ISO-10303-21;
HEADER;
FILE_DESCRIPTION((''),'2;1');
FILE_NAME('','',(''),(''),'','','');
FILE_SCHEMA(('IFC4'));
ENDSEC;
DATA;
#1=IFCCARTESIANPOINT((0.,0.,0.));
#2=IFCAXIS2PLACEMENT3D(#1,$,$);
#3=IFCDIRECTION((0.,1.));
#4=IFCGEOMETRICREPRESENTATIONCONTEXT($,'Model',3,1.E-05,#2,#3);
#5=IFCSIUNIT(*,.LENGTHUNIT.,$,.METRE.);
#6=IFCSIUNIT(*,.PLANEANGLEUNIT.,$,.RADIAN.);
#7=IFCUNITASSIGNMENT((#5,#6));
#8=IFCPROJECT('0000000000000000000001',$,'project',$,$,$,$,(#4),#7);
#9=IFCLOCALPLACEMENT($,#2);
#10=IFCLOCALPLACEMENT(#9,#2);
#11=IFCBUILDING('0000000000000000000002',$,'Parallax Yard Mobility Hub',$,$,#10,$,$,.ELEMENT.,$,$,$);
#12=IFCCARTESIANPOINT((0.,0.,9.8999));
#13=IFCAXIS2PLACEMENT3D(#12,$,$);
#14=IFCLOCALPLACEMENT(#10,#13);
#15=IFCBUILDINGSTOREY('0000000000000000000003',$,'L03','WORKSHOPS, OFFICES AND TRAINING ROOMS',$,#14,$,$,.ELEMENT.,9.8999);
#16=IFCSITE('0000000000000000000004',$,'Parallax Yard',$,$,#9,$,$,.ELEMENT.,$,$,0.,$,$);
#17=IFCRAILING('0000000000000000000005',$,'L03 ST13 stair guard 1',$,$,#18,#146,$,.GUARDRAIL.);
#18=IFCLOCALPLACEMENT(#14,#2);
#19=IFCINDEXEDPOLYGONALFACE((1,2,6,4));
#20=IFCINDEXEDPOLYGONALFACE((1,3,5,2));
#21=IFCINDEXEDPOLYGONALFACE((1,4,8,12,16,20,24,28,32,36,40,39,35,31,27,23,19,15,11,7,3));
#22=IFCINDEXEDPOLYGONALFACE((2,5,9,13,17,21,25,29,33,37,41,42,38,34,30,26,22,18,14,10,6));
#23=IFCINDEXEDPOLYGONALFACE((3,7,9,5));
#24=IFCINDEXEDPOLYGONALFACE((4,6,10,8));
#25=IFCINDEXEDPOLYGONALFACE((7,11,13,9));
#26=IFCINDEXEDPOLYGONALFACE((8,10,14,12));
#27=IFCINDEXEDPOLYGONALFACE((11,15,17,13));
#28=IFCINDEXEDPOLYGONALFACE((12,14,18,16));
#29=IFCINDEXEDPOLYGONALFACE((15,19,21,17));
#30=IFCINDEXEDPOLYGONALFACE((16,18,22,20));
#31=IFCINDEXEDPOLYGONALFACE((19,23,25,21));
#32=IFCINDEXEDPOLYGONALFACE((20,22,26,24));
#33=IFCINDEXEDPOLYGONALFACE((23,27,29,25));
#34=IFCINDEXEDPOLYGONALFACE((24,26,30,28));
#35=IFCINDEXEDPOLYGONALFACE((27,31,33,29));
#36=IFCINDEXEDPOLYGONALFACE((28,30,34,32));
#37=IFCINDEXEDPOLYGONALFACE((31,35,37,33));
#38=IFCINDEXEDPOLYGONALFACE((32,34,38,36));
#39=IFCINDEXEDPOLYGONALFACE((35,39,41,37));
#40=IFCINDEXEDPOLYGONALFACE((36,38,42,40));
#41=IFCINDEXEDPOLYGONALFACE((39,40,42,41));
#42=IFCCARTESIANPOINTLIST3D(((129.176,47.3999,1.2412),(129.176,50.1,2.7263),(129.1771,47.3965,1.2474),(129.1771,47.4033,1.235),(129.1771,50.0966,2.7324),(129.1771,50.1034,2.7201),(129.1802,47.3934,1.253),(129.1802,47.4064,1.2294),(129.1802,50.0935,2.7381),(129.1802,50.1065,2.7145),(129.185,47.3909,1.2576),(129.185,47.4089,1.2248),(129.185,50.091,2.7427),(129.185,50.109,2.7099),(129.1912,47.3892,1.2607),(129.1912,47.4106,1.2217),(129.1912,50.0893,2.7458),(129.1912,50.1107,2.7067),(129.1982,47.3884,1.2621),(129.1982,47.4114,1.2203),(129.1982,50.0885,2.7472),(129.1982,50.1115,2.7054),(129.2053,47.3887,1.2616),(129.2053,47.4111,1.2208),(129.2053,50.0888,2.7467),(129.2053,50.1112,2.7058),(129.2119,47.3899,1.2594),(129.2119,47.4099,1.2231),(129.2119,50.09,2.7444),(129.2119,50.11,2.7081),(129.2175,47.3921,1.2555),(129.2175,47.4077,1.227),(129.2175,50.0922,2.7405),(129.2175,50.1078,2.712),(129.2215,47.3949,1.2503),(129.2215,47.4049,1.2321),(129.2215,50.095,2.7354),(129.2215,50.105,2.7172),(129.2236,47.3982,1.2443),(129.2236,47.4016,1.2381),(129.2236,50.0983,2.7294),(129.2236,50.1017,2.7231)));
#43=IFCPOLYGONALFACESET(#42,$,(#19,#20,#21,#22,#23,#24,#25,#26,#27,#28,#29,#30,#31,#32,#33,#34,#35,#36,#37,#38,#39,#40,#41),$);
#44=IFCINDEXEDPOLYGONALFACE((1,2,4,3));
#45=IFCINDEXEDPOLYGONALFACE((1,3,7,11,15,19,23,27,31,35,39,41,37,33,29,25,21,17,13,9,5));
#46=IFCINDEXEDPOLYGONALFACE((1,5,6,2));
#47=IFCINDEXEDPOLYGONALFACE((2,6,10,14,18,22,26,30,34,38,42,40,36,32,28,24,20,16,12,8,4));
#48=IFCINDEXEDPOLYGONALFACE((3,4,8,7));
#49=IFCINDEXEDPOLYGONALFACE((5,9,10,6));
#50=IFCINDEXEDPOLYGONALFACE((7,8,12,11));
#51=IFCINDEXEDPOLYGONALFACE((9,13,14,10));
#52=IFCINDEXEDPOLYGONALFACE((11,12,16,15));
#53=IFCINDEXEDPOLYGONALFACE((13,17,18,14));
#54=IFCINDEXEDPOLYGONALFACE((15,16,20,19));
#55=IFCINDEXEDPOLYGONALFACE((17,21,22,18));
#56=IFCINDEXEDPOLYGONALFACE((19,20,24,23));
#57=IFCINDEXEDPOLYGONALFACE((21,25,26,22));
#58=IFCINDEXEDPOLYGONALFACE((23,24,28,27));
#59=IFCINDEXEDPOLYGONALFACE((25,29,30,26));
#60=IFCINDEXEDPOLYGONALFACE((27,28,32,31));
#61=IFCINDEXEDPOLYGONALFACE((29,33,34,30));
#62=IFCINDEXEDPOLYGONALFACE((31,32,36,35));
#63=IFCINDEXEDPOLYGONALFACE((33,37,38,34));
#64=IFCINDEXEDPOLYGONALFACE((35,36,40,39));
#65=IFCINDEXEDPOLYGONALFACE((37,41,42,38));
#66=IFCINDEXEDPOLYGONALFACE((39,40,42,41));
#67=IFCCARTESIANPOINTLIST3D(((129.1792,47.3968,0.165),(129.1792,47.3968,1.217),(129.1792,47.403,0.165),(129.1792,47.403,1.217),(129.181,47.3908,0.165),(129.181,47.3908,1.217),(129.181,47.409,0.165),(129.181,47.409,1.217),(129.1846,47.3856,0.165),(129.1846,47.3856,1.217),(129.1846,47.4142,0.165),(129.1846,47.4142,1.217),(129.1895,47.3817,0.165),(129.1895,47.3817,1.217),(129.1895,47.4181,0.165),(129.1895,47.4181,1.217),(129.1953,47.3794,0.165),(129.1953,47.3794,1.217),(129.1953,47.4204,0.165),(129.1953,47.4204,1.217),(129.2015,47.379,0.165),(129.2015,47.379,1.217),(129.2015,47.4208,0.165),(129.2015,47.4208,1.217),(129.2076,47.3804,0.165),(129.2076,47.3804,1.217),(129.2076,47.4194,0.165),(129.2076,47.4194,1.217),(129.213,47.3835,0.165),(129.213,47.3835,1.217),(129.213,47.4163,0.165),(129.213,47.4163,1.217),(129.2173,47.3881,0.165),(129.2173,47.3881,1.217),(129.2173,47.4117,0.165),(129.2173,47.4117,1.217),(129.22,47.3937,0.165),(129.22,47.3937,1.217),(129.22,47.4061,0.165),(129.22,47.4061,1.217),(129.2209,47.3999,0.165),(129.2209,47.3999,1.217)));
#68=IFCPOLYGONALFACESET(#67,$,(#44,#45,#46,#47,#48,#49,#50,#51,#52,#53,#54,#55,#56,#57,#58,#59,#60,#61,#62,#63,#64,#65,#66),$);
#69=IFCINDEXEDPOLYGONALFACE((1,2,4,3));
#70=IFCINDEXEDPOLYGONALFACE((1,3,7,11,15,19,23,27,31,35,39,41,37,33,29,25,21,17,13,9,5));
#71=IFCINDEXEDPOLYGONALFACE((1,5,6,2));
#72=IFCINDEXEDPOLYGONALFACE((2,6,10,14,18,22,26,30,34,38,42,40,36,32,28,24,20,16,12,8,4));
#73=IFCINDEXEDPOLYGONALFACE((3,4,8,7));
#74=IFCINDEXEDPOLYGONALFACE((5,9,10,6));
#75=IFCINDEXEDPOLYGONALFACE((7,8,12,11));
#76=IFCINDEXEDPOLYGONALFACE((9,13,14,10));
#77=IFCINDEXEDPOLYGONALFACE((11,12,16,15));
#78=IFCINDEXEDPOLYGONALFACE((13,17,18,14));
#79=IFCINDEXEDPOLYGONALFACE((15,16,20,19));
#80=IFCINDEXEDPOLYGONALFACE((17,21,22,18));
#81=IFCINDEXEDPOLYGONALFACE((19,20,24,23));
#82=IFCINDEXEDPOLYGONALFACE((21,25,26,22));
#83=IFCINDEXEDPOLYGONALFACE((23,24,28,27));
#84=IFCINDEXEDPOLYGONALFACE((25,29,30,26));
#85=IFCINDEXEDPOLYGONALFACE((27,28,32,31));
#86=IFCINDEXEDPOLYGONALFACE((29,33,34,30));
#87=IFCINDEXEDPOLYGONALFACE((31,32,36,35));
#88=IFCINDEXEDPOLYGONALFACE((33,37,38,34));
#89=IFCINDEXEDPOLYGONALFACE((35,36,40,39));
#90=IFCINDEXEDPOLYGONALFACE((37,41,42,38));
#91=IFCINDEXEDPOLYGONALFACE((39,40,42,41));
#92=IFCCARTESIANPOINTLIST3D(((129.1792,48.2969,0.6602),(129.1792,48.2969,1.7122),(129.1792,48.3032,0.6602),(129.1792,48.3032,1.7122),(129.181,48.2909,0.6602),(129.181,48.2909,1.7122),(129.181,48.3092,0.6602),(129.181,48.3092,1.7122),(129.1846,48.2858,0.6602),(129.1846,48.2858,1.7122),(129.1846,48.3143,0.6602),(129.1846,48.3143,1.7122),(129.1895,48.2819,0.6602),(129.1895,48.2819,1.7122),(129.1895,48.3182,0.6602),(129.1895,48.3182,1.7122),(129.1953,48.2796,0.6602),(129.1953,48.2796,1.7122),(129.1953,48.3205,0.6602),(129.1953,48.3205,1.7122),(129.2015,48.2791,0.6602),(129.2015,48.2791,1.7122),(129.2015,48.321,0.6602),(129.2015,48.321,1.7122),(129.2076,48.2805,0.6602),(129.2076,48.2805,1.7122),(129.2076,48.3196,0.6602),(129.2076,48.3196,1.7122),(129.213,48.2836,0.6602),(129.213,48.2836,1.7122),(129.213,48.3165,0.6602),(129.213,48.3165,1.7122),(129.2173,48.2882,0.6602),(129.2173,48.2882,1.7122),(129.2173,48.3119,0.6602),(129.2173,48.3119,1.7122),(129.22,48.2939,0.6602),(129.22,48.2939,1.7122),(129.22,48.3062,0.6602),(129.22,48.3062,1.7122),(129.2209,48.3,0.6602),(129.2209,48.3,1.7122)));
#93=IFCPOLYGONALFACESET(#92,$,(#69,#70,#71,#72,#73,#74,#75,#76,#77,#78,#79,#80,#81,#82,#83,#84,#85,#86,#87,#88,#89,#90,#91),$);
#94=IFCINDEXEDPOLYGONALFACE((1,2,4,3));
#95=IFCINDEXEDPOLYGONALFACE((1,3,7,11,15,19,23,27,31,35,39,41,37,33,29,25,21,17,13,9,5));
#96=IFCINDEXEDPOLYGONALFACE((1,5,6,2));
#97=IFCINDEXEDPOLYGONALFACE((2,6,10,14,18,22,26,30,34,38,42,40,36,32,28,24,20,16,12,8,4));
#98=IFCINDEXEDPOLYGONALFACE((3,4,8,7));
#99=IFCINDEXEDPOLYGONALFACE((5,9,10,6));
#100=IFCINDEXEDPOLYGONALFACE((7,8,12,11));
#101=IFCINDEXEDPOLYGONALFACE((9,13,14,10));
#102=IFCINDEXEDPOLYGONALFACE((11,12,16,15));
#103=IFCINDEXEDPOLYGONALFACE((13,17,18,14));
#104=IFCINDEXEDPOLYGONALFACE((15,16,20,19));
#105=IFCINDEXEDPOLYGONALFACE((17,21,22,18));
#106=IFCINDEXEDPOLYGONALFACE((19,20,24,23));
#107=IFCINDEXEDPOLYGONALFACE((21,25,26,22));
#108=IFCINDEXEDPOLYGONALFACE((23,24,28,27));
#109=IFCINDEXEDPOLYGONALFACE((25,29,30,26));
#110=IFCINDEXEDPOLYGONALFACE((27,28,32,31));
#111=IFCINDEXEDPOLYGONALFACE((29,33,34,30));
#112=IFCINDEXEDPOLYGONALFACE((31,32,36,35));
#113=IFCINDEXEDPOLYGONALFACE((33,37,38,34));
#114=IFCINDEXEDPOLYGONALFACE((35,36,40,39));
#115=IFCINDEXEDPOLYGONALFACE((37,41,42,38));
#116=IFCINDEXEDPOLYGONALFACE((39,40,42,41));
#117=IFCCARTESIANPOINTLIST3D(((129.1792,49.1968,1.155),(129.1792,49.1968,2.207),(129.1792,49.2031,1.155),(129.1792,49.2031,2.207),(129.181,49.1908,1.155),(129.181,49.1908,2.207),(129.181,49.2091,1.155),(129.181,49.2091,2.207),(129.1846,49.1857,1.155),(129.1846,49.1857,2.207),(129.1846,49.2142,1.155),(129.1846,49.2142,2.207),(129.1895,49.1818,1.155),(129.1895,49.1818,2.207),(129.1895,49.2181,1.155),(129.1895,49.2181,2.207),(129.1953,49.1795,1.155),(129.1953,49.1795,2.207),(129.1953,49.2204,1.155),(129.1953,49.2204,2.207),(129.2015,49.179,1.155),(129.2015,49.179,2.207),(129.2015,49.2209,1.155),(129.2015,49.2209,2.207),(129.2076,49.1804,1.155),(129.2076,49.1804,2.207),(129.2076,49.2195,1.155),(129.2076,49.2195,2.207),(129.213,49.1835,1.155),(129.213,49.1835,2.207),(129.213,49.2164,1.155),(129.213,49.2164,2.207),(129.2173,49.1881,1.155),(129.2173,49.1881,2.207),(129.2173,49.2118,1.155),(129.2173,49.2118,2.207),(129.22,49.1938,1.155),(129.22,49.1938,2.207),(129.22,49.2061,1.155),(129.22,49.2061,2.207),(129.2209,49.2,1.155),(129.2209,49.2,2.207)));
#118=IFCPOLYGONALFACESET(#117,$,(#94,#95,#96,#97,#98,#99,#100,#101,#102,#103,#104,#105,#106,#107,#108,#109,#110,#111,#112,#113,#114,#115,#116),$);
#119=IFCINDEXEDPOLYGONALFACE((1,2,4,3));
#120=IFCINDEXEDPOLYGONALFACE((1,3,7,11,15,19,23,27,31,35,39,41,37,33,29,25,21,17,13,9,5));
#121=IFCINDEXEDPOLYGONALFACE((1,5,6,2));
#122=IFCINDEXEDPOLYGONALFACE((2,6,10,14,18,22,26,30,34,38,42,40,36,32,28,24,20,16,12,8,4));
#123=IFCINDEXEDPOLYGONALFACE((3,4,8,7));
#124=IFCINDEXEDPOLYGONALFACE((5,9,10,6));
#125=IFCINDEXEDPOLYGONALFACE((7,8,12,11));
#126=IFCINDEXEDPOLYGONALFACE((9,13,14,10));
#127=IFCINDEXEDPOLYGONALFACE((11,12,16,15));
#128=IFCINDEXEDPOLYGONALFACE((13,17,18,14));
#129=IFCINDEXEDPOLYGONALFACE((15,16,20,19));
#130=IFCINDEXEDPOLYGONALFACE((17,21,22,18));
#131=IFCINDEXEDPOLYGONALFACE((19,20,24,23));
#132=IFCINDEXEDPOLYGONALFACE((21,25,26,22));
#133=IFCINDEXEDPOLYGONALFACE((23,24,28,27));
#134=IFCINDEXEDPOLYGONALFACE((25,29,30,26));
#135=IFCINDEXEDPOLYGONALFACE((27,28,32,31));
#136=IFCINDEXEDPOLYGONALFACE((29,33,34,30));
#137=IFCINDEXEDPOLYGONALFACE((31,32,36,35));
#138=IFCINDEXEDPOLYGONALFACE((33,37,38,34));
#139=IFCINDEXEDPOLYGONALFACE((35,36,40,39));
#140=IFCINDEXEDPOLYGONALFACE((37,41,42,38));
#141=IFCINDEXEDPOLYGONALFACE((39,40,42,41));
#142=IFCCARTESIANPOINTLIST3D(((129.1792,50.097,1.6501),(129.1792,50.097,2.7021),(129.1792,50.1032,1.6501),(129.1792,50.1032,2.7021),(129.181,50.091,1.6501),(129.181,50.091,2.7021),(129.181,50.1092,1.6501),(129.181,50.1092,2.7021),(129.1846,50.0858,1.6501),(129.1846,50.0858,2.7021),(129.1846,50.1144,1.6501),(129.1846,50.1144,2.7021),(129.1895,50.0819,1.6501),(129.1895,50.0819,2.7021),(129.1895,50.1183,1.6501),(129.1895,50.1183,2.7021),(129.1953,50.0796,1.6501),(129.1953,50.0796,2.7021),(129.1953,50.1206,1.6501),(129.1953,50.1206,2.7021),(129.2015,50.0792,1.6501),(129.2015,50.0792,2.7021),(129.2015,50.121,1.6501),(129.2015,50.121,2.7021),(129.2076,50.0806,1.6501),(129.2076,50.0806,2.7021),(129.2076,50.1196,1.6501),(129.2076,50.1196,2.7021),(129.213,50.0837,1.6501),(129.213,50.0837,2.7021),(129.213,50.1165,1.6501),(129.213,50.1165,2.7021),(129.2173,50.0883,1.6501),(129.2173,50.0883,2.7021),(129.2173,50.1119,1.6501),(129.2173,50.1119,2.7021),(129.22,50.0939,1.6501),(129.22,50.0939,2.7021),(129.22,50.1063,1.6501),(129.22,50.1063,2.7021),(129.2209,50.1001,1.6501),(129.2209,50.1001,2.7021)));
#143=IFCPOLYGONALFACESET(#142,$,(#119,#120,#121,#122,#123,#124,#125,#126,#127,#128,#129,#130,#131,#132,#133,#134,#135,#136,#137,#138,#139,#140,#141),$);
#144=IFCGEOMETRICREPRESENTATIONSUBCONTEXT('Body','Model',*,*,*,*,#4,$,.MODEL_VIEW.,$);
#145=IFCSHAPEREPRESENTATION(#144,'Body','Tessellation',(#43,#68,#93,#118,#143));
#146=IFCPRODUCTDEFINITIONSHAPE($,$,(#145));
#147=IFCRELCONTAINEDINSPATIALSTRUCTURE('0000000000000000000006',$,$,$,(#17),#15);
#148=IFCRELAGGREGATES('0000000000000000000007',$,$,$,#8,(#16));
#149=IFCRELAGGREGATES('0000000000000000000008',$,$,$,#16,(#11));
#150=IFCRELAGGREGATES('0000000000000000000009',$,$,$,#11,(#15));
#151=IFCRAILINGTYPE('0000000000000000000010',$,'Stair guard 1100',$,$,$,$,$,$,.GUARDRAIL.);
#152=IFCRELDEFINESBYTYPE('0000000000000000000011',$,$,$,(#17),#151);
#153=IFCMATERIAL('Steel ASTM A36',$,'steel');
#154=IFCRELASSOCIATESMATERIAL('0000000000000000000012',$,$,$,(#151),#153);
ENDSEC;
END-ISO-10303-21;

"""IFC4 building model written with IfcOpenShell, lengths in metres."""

from ifc_helpers import new_model, si_unit, direction, frame, origin, origin_2d, place, context, subcontext, project, spatial, circle, extrude, material, type_object, element, save


model = new_model("IFC4")

# Units and contexts
model_context = context("Model", 3, precision=1e-05, world=origin(), true_north=direction((0.0, 1.0)))
body_context = subcontext(model_context, "Body", "Model", "MODEL_VIEW")
ifc_project = project(units=[si_unit("LENGTHUNIT", "METRE"), si_unit("PLANEANGLEUNIT", "RADIAN")], contexts=[model_context])

# Site, building, storey
site_placement = place(None, origin())
site = spatial("IfcSite", under=ifc_project, at=site_placement, Name="Parallax Yard", CompositionType="ELEMENT", RefElevation=0.0)
building_placement = place(site_placement, origin())
building = spatial("IfcBuilding", under=site, at=building_placement, Name="Parallax Yard Mobility Hub", CompositionType="ELEMENT")
storey_placement = place(building_placement, frame((0.0, 0.0, 9.8999)))
storey = spatial("IfcBuildingStorey", under=building, at=storey_placement, Name="L03", Description="WORKSHOPS, OFFICES AND TRAINING ROOMS", CompositionType="ELEMENT", Elevation=9.8999)

# Railing
ifc_material_1 = material(Name="Steel ASTM A36", Category="steel")
railing_type_1 = type_object("IfcRailingType", Name="Stair guard 1100", PredefinedType="GUARDRAIL", material=ifc_material_1)
for number, where, name in (
    (1, (129.2, 47.3999, 0.165), "L03 ST13 stair guard 1"),
):
    element("IfcRailing", number, at=place(storey_placement, frame(where)), inside=storey, type_object=railing_type_1, Name=name, PredefinedType="GUARDRAIL", context=body_context, shape_type="SweptSolid", body=[
        extrude(circle(Radius=0.0239, at=origin_2d()), frame((0.0, 0.0, 1.0762), z_axis=(0.0, 0.876216, 0.481919), x_axis=(-1.0, 0.0, 0.0)), (0.0, 0.0, 1.0), 3.0815),
        extrude(circle(Radius=0.021, at=origin_2d()), origin(), (0.0, 0.0, 1.0), 1.052),
        extrude(circle(Radius=0.021, at=origin_2d()), frame((0.0, 0.9001, 0.4951)), (0.0, 0.0, 1.0), 1.052),
        extrude(circle(Radius=0.021, at=origin_2d()), frame((0.0, 1.8, 0.99)), (0.0, 0.0, 1.0), 1.052),
        extrude(circle(Radius=0.021, at=origin_2d()), frame((0.0, 2.7002, 1.4851)), (0.0, 0.0, 1.0), 1.052),
    ])

save(model, "model.ifc")
